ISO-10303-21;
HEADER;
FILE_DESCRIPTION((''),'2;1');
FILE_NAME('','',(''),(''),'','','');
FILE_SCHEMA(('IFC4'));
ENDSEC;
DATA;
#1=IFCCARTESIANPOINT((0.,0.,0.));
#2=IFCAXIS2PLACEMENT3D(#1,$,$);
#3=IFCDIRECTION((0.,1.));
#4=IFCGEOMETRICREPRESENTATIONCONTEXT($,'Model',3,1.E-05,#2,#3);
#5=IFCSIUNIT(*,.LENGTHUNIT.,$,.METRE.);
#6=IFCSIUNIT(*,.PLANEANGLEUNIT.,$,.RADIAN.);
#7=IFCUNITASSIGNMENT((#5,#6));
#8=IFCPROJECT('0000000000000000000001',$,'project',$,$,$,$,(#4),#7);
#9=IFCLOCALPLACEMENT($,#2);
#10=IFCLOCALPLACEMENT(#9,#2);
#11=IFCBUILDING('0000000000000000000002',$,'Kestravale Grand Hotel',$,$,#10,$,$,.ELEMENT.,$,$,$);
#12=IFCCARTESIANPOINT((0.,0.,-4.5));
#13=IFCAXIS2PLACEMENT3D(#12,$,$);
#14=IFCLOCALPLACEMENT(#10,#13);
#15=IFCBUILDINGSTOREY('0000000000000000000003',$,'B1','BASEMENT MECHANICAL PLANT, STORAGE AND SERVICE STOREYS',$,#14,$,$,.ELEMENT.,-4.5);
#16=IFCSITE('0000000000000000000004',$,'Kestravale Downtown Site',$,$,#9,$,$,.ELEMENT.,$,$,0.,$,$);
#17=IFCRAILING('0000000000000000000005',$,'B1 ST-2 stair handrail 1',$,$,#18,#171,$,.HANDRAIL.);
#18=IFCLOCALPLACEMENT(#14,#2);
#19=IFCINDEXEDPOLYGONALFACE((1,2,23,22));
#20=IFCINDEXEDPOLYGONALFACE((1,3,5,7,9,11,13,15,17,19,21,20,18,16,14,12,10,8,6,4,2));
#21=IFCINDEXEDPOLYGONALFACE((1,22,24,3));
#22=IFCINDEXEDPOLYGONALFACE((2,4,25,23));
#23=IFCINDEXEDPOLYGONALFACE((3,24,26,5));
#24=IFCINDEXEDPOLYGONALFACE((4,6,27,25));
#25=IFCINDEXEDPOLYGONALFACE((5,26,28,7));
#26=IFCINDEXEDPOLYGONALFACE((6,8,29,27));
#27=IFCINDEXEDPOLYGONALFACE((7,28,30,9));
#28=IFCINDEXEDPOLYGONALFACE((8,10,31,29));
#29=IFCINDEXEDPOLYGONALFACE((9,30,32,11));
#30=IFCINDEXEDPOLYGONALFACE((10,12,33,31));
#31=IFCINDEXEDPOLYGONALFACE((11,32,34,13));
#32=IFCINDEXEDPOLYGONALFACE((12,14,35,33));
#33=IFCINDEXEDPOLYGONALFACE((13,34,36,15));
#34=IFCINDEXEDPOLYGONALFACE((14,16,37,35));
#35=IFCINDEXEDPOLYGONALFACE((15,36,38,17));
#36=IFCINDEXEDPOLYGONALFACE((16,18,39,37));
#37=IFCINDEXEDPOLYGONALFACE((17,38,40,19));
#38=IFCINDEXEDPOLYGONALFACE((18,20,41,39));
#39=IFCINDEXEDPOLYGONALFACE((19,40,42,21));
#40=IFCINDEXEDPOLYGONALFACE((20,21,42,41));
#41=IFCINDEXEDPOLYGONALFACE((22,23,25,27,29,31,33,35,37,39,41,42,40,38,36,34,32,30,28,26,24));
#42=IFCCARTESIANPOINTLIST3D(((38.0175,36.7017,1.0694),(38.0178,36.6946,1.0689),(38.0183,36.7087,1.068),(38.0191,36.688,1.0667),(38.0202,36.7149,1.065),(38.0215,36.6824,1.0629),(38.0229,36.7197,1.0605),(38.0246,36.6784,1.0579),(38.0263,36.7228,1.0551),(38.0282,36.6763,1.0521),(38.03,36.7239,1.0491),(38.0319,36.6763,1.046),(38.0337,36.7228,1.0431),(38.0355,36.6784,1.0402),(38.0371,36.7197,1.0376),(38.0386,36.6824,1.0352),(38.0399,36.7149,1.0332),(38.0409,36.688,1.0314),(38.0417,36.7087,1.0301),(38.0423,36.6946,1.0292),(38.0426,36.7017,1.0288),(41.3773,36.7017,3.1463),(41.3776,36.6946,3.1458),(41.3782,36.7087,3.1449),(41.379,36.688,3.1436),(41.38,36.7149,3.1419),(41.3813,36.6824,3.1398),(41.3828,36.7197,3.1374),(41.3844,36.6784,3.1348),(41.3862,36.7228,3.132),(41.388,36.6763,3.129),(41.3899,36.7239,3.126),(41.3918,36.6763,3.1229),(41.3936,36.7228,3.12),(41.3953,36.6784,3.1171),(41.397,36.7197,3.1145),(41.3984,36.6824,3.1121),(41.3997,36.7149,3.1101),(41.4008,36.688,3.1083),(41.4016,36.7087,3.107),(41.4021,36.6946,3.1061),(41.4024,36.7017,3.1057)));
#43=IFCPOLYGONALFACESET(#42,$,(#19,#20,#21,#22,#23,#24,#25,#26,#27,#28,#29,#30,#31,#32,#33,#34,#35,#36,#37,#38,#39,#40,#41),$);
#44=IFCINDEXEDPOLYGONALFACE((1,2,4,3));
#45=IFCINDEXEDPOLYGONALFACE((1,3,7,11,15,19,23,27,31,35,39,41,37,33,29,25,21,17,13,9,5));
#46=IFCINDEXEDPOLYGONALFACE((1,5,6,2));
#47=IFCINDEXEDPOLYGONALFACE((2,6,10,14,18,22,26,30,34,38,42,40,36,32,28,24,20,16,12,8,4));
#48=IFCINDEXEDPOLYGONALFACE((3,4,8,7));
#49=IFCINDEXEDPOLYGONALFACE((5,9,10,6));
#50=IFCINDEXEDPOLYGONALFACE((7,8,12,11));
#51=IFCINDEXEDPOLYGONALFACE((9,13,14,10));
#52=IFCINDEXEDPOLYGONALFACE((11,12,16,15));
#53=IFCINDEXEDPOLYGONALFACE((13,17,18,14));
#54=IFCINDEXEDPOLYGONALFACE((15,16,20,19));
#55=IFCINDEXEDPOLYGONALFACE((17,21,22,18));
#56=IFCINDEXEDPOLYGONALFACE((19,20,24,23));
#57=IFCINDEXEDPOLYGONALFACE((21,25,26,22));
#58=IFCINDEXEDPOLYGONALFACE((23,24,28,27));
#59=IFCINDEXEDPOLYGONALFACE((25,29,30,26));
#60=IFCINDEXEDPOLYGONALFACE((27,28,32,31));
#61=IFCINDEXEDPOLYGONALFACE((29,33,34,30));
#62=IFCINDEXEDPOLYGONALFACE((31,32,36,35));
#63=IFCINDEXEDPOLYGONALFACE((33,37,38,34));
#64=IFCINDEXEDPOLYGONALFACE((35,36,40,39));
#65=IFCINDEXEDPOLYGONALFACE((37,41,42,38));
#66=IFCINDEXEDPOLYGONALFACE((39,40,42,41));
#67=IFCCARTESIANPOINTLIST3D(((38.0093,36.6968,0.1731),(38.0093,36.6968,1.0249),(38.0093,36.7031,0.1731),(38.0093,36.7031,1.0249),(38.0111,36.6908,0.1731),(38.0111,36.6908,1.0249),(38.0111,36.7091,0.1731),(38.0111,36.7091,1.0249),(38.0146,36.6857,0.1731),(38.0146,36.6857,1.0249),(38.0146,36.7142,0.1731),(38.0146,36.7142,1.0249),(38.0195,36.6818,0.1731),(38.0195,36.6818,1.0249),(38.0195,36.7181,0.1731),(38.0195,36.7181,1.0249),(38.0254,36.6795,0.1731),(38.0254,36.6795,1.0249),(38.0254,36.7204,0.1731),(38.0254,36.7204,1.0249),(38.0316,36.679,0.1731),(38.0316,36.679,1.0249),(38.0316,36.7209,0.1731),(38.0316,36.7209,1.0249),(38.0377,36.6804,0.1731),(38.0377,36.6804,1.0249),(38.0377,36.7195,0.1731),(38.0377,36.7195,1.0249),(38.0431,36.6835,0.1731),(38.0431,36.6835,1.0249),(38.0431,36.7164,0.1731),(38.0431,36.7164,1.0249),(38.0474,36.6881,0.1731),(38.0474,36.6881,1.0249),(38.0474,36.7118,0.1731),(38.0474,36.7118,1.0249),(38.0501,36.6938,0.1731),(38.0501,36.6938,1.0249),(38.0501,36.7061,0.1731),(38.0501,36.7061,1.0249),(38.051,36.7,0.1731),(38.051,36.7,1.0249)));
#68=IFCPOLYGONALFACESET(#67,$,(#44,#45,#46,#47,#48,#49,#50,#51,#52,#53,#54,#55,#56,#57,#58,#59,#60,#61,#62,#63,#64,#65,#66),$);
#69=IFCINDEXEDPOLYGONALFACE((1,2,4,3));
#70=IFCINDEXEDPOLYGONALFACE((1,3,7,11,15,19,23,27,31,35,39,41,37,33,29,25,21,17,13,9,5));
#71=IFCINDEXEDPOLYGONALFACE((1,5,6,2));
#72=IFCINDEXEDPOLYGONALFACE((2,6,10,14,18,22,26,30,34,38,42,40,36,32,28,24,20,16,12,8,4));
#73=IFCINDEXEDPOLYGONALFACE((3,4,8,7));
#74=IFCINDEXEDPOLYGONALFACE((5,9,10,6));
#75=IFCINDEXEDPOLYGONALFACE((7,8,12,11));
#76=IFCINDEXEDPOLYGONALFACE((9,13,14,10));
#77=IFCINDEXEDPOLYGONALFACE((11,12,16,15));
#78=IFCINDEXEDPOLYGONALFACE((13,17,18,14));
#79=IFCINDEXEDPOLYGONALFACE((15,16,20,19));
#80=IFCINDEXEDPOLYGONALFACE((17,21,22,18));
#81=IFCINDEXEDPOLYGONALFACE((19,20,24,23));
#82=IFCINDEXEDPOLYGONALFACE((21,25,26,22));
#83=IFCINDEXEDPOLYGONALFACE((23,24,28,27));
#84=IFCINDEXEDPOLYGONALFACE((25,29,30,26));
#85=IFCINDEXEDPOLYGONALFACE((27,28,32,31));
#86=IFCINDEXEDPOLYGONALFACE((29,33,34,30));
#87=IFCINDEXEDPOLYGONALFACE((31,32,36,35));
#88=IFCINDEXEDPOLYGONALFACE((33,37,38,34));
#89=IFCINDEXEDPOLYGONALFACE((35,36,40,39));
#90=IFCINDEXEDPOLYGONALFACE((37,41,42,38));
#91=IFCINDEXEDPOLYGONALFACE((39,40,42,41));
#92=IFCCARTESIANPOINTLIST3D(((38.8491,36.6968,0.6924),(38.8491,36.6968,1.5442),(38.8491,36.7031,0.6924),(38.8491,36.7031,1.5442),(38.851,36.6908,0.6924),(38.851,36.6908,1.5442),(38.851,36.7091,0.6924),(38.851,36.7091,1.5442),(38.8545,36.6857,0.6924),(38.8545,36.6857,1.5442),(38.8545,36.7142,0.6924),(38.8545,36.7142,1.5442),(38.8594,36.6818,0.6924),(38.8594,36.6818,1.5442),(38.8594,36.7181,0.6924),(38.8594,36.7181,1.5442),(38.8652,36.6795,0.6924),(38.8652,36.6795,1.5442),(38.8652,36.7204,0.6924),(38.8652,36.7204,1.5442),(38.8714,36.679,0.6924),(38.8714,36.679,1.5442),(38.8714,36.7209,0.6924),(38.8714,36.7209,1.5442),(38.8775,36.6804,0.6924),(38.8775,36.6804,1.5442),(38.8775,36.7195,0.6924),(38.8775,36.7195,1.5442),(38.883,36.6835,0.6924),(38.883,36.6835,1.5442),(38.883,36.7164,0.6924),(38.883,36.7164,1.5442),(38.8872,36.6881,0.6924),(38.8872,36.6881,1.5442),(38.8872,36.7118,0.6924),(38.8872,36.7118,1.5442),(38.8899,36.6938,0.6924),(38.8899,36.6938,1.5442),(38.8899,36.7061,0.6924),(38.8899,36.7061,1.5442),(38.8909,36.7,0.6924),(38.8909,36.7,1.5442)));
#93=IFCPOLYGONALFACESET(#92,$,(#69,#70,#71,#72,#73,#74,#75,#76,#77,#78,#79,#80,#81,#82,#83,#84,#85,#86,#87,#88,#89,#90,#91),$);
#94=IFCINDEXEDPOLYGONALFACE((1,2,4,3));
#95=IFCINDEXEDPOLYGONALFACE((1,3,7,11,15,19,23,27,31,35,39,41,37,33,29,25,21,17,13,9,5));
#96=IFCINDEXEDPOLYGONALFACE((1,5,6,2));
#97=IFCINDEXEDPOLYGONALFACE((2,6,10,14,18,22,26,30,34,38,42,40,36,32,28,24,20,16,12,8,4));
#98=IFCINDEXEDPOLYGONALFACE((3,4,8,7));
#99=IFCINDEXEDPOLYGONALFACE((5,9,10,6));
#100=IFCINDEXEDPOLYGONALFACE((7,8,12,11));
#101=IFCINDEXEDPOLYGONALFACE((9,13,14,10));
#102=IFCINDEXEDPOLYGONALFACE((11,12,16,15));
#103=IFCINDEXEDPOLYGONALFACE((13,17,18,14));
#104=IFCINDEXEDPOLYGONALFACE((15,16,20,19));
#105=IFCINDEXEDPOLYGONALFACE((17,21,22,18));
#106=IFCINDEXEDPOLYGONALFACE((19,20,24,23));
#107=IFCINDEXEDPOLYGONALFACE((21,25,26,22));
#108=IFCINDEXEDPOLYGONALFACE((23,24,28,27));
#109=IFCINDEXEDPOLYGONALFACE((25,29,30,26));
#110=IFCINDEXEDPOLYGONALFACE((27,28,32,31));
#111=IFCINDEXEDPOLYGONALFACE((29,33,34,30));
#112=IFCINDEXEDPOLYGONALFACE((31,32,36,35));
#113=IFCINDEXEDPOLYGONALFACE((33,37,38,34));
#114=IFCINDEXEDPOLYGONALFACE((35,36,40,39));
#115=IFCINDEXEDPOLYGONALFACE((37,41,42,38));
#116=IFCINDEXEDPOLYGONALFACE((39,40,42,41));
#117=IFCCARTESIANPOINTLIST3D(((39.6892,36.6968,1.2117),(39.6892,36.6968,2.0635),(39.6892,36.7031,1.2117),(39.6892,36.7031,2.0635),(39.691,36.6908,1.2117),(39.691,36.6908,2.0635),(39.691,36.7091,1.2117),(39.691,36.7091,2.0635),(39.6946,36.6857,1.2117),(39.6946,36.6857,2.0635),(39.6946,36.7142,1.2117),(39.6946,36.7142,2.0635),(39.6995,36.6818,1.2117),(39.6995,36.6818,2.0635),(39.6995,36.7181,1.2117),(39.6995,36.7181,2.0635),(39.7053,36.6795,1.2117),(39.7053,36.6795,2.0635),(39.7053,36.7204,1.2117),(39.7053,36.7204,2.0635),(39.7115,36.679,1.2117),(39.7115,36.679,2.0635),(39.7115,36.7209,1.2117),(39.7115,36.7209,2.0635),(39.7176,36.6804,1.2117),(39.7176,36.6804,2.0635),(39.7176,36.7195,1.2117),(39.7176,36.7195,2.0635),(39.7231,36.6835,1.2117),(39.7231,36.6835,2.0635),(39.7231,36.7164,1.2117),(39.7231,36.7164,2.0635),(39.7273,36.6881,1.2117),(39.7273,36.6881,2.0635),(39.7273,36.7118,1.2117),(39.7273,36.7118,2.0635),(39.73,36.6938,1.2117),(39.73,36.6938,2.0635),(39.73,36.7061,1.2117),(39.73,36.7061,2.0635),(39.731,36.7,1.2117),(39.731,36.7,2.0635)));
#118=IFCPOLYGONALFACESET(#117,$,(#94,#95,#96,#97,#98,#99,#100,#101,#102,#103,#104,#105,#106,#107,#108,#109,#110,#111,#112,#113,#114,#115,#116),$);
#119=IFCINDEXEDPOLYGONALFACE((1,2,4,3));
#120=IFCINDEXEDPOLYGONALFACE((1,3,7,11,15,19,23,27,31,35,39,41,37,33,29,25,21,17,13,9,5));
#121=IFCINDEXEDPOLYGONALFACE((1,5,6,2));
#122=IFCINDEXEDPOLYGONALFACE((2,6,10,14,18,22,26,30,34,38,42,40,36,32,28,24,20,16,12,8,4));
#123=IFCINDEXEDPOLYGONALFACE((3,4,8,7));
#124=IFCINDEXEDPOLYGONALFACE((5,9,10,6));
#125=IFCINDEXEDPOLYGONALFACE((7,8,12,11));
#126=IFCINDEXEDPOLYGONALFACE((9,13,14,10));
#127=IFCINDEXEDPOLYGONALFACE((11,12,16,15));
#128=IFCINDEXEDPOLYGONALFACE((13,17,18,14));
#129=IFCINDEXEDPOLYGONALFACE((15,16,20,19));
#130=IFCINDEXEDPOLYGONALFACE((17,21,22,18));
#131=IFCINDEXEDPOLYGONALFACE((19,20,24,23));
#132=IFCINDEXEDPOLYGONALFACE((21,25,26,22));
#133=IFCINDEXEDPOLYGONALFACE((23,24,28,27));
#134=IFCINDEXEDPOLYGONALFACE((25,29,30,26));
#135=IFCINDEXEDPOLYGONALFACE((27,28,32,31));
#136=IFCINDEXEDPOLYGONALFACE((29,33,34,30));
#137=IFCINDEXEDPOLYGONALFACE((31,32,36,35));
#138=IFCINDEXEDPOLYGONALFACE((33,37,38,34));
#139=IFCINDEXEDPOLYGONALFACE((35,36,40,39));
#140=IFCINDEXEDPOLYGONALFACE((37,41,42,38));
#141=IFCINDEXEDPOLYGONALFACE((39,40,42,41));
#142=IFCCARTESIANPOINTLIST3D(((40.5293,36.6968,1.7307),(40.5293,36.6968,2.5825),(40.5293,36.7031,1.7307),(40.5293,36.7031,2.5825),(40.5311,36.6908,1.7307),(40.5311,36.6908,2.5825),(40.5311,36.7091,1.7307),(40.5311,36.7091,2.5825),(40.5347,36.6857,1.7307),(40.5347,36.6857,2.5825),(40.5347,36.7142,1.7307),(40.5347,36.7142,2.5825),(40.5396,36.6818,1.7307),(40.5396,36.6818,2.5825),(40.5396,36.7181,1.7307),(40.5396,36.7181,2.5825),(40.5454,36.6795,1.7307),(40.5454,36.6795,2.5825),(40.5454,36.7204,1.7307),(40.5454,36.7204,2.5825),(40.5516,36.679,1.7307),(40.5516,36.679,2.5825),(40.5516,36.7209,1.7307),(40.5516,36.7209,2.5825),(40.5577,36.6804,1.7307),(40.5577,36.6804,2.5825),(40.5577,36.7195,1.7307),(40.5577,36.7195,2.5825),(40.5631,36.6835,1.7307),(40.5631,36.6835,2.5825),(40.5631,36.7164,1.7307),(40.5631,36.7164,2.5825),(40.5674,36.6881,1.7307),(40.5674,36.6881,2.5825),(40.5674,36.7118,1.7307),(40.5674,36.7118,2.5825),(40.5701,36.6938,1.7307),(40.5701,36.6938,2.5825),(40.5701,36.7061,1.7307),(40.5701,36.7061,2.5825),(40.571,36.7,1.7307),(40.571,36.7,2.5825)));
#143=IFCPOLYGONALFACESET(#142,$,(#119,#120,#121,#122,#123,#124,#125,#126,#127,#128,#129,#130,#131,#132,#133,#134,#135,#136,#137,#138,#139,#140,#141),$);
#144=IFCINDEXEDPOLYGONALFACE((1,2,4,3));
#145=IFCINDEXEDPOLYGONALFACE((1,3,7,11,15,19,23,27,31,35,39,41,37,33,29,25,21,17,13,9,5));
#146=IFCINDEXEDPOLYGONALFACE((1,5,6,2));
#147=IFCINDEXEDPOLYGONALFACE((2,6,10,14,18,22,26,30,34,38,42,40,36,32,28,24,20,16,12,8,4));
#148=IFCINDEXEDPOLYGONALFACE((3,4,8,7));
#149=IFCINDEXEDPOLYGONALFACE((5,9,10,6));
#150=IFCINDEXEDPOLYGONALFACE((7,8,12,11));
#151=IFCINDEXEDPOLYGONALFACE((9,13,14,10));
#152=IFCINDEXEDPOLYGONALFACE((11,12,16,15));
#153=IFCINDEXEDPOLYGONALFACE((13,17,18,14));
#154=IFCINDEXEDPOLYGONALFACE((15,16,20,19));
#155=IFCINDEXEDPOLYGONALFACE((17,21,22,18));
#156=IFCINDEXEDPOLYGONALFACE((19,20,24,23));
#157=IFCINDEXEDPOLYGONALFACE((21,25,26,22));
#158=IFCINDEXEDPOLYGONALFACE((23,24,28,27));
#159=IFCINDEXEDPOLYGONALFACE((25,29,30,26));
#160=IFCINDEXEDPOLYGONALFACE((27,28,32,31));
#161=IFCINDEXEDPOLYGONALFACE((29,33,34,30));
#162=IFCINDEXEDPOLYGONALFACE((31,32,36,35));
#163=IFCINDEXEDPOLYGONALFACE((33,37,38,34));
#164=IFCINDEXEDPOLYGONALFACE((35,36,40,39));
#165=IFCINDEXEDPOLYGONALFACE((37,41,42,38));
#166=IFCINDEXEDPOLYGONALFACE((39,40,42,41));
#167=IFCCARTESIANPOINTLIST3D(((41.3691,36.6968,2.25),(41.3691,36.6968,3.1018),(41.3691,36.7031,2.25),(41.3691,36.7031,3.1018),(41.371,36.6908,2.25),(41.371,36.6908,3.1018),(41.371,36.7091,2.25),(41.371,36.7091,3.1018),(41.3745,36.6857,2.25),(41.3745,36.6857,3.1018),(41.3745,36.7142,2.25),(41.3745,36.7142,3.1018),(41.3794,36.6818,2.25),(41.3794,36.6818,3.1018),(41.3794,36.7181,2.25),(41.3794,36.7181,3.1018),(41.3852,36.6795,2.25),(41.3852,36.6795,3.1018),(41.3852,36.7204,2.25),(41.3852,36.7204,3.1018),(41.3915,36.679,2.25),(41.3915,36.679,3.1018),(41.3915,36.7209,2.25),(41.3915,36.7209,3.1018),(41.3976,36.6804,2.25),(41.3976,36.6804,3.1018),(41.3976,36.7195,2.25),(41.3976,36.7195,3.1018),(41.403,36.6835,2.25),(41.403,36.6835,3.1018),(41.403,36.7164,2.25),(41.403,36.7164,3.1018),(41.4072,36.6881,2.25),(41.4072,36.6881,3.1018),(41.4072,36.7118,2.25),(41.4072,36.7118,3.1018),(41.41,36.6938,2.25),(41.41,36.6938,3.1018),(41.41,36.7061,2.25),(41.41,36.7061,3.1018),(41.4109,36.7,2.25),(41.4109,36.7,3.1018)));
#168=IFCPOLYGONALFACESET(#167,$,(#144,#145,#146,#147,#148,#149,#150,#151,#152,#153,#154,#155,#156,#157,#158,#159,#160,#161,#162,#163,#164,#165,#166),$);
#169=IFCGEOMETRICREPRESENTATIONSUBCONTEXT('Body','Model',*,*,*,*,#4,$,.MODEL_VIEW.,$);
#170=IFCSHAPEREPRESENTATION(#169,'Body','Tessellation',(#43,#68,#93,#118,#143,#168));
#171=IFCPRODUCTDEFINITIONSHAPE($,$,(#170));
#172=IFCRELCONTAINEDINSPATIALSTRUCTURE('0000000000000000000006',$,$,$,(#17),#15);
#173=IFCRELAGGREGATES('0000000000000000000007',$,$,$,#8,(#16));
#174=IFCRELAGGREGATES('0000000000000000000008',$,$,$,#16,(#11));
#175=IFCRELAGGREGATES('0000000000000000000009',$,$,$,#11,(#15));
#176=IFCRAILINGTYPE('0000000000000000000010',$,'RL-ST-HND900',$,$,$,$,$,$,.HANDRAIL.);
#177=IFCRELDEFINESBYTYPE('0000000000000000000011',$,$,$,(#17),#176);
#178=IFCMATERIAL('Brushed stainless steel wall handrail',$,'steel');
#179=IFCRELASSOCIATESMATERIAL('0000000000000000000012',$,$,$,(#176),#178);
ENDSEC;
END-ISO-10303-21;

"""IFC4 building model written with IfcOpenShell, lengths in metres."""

from ifc_helpers import new_model, si_unit, direction, frame, origin, origin_2d, place, context, subcontext, project, spatial, circle, extrude, material, type_object, element, save


model = new_model("IFC4")

# Units and contexts
model_context = context("Model", 3, precision=1e-05, world=origin(), true_north=direction((0.0, 1.0)))
body_context = subcontext(model_context, "Body", "Model", "MODEL_VIEW")
ifc_project = project(units=[si_unit("LENGTHUNIT", "METRE"), si_unit("PLANEANGLEUNIT", "RADIAN")], contexts=[model_context])

# Site, building, storey
site_placement = place(None, origin())
site = spatial("IfcSite", under=ifc_project, at=site_placement, Name="Kestravale Downtown Site", CompositionType="ELEMENT", RefElevation=0.0)
building_placement = place(site_placement, origin())
building = spatial("IfcBuilding", under=site, at=building_placement, Name="Kestravale Grand Hotel", CompositionType="ELEMENT")
storey_placement = place(building_placement, frame((0.0, 0.0, -4.5)))
storey = spatial("IfcBuildingStorey", under=building, at=storey_placement, Name="B1", Description="BASEMENT MECHANICAL PLANT, STORAGE AND SERVICE STOREYS", CompositionType="ELEMENT", Elevation=-4.5)

# Railing
ifc_material_1 = material(Name="Brushed stainless steel wall handrail", Category="steel")
railing_type_1 = type_object("IfcRailingType", Name="RL-ST-HND900", PredefinedType="HANDRAIL", material=ifc_material_1)
railing_1_placement = place(storey_placement, frame((38.03, 36.7, 0.1731)))
element("IfcRailing", 1, at=railing_1_placement, inside=storey, type_object=railing_type_1, Name="B1 ST-2 stair handrail 1", PredefinedType="HANDRAIL", context=body_context, shape_type="SweptSolid", body=[
    extrude(circle(Radius=0.0239, at=origin_2d()), frame((0.0, 0.0, 0.876), z_axis=(0.850606, 0.0, 0.525803), x_axis=(0.0, 1.0, 0.0)), (0.0, 0.0, 1.0), 3.95),
    extrude(circle(Radius=0.021, at=origin_2d()), origin(), (0.0, 0.0, 1.0), 0.8518),
    extrude(circle(Radius=0.021, at=origin_2d()), frame((0.8398, 0.0, 0.5193)), (0.0, 0.0, 1.0), 0.8518),
    extrude(circle(Radius=0.021, at=origin_2d()), frame((1.6799, 0.0, 1.0386)), (0.0, 0.0, 1.0), 0.8518),
    extrude(circle(Radius=0.021, at=origin_2d()), frame((2.52, 0.0, 1.5576)), (0.0, 0.0, 1.0), 0.8518),
    extrude(circle(Radius=0.021, at=origin_2d()), frame((3.3599, 0.0, 2.0769)), (0.0, 0.0, 1.0), 0.8518),
])

save(model, "model.ifc")
